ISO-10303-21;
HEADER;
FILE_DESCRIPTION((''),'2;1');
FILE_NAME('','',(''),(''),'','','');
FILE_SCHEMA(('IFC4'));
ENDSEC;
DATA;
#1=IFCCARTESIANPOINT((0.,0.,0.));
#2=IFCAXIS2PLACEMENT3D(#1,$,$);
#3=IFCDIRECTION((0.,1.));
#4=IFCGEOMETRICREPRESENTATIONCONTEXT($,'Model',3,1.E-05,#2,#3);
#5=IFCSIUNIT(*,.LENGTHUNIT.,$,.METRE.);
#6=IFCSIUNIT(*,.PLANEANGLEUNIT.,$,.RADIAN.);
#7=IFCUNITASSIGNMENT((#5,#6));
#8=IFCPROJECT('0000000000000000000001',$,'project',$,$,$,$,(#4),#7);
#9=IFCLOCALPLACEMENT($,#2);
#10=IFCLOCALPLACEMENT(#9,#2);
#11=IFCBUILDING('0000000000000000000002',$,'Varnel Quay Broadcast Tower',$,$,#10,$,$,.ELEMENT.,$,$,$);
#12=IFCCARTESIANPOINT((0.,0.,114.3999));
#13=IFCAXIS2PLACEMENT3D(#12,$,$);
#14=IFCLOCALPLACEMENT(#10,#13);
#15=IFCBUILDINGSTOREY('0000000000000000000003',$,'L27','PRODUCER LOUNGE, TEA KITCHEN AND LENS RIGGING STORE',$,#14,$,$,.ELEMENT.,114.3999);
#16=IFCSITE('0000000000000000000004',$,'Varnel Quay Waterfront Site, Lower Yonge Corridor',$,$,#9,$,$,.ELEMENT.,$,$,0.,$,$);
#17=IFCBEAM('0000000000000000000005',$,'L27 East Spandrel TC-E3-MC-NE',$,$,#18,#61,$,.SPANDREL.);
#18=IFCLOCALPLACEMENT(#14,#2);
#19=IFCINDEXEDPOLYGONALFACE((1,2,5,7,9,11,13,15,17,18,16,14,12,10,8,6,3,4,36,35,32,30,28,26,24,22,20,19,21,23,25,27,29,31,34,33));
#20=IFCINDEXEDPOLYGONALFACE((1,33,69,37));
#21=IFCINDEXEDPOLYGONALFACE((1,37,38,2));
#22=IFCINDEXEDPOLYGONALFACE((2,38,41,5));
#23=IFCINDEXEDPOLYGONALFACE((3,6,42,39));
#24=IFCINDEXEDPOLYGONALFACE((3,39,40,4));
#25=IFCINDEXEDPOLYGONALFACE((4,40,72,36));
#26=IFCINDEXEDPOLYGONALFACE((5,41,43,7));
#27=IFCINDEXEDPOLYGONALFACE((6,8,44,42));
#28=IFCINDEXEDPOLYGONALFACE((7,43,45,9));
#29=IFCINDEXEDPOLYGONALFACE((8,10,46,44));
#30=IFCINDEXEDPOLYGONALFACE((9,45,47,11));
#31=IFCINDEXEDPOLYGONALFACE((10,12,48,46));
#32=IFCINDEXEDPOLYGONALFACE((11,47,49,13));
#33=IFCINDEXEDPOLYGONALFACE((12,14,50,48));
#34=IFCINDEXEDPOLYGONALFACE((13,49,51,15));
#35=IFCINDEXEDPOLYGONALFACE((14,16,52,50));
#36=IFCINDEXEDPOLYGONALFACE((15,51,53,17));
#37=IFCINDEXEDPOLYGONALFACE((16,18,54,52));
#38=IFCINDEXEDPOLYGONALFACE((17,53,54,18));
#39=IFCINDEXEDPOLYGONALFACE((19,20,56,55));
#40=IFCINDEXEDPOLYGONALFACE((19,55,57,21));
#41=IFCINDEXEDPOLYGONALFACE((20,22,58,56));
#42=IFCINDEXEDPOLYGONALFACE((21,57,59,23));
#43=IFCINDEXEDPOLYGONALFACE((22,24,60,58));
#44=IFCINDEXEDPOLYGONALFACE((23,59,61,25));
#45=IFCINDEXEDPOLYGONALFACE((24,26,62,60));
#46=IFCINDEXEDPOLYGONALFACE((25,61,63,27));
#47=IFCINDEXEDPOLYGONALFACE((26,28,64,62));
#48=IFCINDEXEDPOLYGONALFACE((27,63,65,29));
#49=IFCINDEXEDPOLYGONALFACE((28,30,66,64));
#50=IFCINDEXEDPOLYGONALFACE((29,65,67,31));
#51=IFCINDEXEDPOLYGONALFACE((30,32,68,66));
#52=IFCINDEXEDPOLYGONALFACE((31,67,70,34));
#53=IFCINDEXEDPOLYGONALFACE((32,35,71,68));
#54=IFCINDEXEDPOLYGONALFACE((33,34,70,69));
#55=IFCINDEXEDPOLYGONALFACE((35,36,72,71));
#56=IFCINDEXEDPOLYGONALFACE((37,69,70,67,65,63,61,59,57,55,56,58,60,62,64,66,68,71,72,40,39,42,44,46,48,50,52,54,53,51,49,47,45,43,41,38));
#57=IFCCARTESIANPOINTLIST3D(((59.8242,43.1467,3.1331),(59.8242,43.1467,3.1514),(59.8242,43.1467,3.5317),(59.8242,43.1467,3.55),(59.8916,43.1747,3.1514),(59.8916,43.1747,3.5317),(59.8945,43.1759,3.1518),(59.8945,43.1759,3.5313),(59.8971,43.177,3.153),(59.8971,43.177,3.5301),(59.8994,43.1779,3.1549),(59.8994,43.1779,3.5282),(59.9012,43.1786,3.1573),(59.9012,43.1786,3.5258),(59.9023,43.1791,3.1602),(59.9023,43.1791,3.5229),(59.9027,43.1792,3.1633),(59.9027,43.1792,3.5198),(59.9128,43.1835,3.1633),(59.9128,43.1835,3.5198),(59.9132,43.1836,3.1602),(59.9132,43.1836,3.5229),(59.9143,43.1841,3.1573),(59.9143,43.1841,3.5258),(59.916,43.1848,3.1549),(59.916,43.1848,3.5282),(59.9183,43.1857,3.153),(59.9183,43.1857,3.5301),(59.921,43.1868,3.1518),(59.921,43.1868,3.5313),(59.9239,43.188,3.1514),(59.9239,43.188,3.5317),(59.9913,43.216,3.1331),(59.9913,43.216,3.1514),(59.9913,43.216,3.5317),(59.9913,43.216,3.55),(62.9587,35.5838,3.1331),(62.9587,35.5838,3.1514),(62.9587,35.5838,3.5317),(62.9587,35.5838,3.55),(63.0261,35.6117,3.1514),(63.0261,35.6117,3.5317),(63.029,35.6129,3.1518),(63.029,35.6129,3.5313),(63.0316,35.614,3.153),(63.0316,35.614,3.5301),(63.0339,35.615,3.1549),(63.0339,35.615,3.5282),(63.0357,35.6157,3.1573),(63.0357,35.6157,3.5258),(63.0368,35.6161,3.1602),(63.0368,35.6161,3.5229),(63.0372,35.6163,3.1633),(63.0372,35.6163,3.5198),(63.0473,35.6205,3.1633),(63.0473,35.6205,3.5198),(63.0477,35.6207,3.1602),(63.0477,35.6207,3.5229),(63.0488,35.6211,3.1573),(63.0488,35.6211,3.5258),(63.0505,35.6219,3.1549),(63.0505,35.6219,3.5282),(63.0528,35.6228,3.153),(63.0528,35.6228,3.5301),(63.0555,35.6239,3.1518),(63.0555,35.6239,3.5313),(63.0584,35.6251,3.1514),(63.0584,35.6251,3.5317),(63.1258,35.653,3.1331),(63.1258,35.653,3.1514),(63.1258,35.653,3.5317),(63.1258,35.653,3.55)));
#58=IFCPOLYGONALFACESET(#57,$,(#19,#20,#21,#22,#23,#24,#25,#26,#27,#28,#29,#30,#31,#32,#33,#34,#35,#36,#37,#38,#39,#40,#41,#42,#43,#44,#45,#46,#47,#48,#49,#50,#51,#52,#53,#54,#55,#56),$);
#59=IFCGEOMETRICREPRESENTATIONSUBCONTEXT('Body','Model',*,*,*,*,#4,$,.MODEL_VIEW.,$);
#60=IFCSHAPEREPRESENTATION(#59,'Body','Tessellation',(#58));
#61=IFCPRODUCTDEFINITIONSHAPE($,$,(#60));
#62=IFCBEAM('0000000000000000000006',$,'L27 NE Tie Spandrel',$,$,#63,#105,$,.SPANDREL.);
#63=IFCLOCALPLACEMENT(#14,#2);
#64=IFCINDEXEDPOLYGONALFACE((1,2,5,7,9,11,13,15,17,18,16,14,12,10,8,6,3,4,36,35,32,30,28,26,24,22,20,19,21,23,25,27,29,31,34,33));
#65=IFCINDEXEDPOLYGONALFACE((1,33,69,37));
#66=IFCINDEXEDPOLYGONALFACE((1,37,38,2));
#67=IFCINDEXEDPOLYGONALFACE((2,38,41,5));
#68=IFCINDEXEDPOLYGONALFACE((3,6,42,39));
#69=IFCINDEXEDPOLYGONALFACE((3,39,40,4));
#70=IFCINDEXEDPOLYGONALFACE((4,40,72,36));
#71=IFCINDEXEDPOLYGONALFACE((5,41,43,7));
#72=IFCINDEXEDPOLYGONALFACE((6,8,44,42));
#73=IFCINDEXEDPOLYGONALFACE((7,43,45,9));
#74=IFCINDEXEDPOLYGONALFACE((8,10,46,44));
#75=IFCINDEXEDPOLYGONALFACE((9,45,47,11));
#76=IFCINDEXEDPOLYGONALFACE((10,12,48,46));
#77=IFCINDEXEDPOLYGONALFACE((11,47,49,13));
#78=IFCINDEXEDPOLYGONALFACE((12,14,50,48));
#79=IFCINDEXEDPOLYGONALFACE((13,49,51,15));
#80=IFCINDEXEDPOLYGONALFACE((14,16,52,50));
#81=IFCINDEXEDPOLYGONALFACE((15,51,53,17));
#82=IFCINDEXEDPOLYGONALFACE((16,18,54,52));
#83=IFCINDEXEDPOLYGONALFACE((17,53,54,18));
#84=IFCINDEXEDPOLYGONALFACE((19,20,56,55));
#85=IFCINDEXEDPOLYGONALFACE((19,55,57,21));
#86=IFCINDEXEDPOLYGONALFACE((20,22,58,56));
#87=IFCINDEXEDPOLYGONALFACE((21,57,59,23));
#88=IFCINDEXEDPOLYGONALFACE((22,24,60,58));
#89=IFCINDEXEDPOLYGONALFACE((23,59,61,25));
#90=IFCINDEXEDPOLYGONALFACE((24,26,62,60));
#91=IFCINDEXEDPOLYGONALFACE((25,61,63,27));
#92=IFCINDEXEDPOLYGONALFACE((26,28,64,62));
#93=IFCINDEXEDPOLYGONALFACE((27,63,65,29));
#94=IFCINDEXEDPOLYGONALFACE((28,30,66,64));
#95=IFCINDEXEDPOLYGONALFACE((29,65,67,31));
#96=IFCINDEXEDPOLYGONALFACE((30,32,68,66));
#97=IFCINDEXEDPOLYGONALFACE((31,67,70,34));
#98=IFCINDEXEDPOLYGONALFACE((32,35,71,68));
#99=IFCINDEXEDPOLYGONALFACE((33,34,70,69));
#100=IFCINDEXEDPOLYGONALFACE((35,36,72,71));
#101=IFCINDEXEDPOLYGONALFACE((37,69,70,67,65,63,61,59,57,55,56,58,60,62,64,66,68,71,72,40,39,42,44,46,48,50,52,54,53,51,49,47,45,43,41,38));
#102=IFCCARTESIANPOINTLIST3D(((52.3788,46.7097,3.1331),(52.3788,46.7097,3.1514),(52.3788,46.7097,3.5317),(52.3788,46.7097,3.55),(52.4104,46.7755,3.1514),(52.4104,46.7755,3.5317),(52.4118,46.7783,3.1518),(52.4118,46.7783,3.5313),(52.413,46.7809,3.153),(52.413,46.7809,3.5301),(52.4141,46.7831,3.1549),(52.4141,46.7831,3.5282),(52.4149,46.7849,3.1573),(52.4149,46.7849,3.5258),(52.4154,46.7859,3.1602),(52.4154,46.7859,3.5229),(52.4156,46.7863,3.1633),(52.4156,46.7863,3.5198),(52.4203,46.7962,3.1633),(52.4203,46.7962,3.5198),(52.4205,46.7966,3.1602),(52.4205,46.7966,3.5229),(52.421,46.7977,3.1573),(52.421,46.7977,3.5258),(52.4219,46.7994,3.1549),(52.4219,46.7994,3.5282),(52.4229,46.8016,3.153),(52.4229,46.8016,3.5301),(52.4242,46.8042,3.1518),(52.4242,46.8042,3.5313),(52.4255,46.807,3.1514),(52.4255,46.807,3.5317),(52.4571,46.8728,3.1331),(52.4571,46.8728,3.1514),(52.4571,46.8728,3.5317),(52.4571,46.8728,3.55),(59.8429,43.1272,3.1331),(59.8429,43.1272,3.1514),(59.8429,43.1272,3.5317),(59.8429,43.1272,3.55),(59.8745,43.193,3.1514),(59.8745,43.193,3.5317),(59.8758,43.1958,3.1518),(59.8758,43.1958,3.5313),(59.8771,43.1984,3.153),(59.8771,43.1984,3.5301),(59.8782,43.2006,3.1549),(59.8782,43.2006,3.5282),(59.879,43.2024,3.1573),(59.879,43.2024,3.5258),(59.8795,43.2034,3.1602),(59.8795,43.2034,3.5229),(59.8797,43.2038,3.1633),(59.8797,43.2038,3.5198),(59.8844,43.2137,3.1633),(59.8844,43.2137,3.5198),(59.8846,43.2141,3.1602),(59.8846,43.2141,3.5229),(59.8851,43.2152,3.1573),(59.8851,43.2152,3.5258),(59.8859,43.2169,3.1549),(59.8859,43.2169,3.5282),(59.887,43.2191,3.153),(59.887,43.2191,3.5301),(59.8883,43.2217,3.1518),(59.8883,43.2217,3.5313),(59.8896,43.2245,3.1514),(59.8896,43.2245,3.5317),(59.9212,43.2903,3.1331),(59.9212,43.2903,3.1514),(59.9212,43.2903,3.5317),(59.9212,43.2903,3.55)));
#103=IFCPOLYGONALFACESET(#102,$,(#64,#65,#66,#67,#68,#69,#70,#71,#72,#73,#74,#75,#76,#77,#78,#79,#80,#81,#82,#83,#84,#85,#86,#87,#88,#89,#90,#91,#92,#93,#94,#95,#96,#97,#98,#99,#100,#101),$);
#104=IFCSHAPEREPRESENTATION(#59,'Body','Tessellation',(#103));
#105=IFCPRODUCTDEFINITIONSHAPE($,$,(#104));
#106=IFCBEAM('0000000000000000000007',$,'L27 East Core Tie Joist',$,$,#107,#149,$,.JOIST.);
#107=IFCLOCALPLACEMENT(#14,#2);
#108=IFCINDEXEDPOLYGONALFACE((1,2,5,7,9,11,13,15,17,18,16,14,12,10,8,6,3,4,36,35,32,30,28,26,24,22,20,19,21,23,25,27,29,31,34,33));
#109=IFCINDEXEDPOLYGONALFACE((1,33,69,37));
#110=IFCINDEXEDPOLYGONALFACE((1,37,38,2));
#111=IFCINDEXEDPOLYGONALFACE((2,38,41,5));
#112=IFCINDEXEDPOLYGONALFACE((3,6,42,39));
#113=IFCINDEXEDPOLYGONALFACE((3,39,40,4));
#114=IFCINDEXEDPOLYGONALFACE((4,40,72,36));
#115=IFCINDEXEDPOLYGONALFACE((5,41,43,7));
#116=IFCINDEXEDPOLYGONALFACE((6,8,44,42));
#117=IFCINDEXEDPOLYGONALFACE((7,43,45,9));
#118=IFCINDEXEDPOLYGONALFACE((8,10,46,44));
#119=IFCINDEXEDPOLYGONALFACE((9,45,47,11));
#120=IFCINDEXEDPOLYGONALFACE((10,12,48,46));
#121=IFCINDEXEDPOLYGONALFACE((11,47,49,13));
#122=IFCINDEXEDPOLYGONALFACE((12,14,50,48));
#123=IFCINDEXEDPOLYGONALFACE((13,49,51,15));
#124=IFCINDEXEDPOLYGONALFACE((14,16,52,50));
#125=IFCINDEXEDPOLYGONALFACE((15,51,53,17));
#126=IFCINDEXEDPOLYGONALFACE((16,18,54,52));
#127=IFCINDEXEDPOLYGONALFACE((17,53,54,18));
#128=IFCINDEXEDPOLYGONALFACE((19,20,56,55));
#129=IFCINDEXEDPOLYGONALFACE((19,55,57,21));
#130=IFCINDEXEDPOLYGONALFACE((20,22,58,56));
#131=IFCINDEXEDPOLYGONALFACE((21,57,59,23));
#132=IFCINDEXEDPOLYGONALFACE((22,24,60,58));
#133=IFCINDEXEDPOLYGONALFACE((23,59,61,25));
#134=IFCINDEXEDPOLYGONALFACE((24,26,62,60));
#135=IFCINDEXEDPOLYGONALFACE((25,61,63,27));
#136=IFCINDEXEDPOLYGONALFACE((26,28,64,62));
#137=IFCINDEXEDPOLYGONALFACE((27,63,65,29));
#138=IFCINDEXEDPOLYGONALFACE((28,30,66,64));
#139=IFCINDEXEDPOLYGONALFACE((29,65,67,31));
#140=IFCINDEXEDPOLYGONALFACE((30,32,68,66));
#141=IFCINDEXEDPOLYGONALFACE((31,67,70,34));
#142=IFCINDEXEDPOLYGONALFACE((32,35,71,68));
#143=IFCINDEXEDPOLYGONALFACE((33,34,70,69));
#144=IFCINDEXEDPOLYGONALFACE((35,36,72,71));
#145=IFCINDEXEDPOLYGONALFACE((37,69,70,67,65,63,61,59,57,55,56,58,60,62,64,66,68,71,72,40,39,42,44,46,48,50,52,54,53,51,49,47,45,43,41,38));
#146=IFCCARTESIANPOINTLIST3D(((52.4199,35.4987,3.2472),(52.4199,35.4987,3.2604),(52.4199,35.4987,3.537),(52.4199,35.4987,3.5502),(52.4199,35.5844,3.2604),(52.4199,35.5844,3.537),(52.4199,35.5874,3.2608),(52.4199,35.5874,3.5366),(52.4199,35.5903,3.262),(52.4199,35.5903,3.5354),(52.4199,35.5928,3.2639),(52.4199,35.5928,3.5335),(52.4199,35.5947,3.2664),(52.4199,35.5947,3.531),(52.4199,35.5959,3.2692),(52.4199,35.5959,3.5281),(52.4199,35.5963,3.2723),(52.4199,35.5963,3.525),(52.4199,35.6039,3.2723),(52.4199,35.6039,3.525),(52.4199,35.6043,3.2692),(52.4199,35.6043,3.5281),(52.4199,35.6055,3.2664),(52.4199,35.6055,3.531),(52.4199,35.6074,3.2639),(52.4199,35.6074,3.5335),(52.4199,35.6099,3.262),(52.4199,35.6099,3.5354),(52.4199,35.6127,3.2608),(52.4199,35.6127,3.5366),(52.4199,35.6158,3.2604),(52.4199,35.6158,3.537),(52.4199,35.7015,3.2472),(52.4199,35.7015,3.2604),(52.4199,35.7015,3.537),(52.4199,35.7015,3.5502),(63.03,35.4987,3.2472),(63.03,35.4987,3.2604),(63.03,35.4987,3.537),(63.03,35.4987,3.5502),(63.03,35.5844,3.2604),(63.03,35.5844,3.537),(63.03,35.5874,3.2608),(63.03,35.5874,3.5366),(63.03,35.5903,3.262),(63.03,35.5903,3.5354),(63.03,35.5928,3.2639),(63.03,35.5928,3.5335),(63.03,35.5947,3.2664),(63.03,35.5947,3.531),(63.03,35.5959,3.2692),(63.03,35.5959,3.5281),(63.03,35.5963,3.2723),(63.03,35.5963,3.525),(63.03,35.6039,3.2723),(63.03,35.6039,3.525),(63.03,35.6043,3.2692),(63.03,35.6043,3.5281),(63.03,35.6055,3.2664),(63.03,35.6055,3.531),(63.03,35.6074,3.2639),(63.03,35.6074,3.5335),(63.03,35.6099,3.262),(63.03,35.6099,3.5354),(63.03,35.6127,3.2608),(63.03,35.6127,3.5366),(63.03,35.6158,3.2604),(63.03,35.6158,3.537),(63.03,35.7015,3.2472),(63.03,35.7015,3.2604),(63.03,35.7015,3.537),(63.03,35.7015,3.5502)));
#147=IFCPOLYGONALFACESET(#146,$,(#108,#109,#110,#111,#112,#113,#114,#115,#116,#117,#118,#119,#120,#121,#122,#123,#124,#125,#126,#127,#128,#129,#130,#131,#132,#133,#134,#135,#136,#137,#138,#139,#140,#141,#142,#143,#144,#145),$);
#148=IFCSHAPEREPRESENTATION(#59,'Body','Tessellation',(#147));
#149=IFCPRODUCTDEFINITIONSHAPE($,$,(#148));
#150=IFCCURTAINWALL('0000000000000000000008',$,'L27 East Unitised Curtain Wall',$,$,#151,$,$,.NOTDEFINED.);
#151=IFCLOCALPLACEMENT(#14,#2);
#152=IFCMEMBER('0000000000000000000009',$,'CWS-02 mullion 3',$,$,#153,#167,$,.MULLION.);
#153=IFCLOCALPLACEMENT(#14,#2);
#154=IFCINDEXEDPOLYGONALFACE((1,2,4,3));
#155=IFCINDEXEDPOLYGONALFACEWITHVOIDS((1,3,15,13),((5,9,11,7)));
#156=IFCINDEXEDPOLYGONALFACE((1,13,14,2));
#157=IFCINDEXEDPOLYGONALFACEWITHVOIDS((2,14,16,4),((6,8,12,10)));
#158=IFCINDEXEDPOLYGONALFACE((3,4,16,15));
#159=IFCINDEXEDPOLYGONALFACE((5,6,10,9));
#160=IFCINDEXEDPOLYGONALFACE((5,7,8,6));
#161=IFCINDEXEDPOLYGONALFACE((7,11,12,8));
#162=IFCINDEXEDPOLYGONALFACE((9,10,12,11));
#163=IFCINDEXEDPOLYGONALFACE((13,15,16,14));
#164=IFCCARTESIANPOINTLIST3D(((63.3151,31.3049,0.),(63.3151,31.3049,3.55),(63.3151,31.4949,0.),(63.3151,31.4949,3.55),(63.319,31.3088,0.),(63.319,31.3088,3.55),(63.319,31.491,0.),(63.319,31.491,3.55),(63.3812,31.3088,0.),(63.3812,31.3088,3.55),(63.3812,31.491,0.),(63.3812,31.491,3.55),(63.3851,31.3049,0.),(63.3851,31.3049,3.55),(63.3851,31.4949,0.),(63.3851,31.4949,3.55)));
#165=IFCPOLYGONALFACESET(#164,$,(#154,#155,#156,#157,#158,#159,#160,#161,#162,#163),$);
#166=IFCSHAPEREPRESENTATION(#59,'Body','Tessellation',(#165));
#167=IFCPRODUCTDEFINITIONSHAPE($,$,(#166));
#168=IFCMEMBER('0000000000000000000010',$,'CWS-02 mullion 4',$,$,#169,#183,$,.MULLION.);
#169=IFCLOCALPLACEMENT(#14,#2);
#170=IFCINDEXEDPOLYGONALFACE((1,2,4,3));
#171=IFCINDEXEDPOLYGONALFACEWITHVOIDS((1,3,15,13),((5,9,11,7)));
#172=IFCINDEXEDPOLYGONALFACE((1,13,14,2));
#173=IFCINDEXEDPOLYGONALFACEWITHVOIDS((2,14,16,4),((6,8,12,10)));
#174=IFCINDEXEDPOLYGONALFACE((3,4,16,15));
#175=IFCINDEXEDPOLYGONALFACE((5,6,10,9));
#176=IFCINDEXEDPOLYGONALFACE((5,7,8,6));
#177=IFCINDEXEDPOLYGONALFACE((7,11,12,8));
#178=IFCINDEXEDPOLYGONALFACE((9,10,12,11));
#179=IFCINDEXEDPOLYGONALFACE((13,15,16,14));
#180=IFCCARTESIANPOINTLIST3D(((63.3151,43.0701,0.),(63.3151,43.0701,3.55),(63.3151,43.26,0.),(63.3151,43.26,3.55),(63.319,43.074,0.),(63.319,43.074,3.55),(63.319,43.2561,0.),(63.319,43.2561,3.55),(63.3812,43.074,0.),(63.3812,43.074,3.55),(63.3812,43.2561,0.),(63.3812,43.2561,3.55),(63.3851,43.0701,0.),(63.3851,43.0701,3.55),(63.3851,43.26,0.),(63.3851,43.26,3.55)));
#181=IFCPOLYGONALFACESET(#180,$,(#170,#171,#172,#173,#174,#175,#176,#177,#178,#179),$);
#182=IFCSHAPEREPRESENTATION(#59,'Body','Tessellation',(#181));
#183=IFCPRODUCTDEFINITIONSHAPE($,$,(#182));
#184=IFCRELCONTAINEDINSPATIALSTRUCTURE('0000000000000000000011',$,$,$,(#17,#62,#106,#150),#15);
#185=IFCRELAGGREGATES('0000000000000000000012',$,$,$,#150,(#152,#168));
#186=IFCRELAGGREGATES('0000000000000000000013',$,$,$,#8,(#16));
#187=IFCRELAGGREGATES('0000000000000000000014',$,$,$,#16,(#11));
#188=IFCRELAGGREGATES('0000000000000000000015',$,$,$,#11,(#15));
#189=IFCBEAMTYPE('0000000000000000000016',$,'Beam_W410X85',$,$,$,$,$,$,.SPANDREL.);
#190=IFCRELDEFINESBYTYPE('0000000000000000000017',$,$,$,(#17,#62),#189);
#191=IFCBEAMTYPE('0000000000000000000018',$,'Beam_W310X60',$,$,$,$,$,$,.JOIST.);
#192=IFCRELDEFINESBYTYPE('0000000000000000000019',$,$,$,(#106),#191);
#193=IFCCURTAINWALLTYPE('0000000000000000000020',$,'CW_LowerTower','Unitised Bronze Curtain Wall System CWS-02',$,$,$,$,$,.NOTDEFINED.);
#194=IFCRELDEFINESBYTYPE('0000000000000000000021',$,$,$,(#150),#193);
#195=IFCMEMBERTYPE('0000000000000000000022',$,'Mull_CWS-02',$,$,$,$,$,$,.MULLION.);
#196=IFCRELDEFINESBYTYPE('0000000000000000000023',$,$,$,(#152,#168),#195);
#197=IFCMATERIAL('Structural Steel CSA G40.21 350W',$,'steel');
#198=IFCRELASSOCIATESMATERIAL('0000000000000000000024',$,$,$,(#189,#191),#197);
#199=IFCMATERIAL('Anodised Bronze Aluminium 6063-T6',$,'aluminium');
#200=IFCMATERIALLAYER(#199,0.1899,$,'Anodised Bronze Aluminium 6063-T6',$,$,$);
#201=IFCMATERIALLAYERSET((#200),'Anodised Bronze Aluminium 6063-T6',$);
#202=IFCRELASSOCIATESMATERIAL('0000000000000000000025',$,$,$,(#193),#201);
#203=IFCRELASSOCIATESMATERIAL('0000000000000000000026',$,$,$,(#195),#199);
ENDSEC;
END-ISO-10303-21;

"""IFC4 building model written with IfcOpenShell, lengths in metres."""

from ifc_helpers import new_model, si_unit, direction, frame, origin, origin_2d, place, context, subcontext, project, spatial, hollow_rectangle, i_section, extrude, source, transform, mapped, material, layer, layer_set, material_profile, profile_set, type_object, type_shapes, element, aggregate, save


model = new_model("IFC4")

# Units and contexts
model_context = context("Model", 3, precision=1e-05, world=origin(), true_north=direction((0.0, 1.0)))
body_context = subcontext(model_context, "Body", "Model", "MODEL_VIEW")
ifc_project = project(units=[si_unit("LENGTHUNIT", "METRE"), si_unit("PLANEANGLEUNIT", "RADIAN")], contexts=[model_context])

# Site, building, storey
site_placement = place(None, origin())
site = spatial("IfcSite", under=ifc_project, at=site_placement, Name="Varnel Quay Waterfront Site, Lower Yonge Corridor", CompositionType="ELEMENT", RefElevation=0.0)
building_placement = place(site_placement, origin())
building = spatial("IfcBuilding", under=site, at=building_placement, Name="Varnel Quay Broadcast Tower", CompositionType="ELEMENT")
storey_placement = place(building_placement, frame((0.0, 0.0, 114.3999)))
storey = spatial("IfcBuildingStorey", under=building, at=storey_placement, Name="L27", Description="PRODUCER LOUNGE, TEA KITCHEN AND LENS RIGGING STORE", CompositionType="ELEMENT", Elevation=114.3999)

# Shared definitions
ifc_material_1 = material(Name="Structural Steel CSA G40.21 350W", Category="steel")

# Beams
ifc_material_profile_1 = material_profile(ifc_material_1, i_section(OverallWidth=0.1809, OverallDepth=0.417, WebThickness=0.011, FlangeThickness=0.0183, FilletRadius=0.012, at=origin_2d()), Name="W410X85")
ifc_profile_set_1 = profile_set([ifc_material_profile_1], Name="Structural Steel CSA G40.21 350W")
beam_type_1 = type_object("IfcBeamType", Name="Beam_W410X85", PredefinedType="SPANDREL", material=ifc_profile_set_1)
shared_shape_1 = source(origin(), body_context, "Body", "SweptSolid", [
    extrude(i_section(OverallWidth=0.1809, OverallDepth=0.417, WebThickness=0.011, FlangeThickness=0.0183, FilletRadius=0.012, at=origin_2d()), origin(), (0.0, 0.0, 1.0), 8.1868),
])
beam_1_placement = place(storey_placement, frame((63.0422, 35.6184, 3.3416), z_axis=(-0.382874, 0.923801, 0.0), x_axis=(-0.923801, -0.382874, 0.0)))
element("IfcBeam", 1, at=beam_1_placement, inside=storey, type_object=beam_type_1, Name="L27 East Spandrel TC-E3-MC-NE", PredefinedType="SPANDREL", context=body_context, shape_type="MappedRepresentation", body=[
    mapped(shared_shape_1, transform((0.0, 0.0, 0.0), x_axis=(1.0, 0.0, 0.0), y_axis=(0.0, 1.0, 0.0), z_axis=(0.0, 0.0, 1.0), scale=1.0)),
])
shared_shape_2 = source(origin(), body_context, "Body", "SweptSolid", [
    extrude(i_section(OverallWidth=0.1809, OverallDepth=0.417, WebThickness=0.011, FlangeThickness=0.0183, FilletRadius=0.012, at=origin_2d()), origin(), (0.0, 0.0, 1.0), 8.2793),
])
type_shapes(beam_type_1, [shared_shape_1, shared_shape_2])
beam_2_placement = place(storey_placement, frame((52.418, 46.7913, 3.3416), z_axis=(0.901535, -0.432706, 0.0), x_axis=(0.432706, 0.901535, 0.0)))
element("IfcBeam", 2, at=beam_2_placement, inside=storey, type_object=beam_type_1, Name="L27 NE Tie Spandrel", PredefinedType="SPANDREL", context=body_context, shape_type="MappedRepresentation", body=[
    mapped(shared_shape_2, transform((0.0, 0.0, 0.0), x_axis=(1.0, 0.0, 0.0), y_axis=(0.0, 1.0, 0.0), z_axis=(0.0, 0.0, 1.0), scale=1.0)),
])
ifc_material_profile_2 = material_profile(ifc_material_1, i_section(OverallWidth=0.2029, OverallDepth=0.303, WebThickness=0.0076, FlangeThickness=0.0132, FilletRadius=0.012, at=origin_2d()), Name="W310X60")
ifc_profile_set_2 = profile_set([ifc_material_profile_2], Name="Structural Steel CSA G40.21 350W")
beam_type_2 = type_object("IfcBeamType", Name="Beam_W310X60", PredefinedType="JOIST", material=ifc_profile_set_2)
shared_shape_3 = source(origin(), body_context, "Body", "SweptSolid", [
    extrude(i_section(OverallWidth=0.2029, OverallDepth=0.303, WebThickness=0.0076, FlangeThickness=0.0132, FilletRadius=0.012, at=origin_2d()), origin(), (0.0, 0.0, 1.0), 10.6101),
])
type_shapes(beam_type_2, [shared_shape_3])
beam_3_placement = place(storey_placement, frame((52.4199, 35.6001, 3.3987), z_axis=(1.0, 0.0, 0.0), x_axis=(0.0, 1.0, 0.0)))
element("IfcBeam", 3, at=beam_3_placement, inside=storey, type_object=beam_type_2, Name="L27 East Core Tie Joist", PredefinedType="JOIST", context=body_context, shape_type="MappedRepresentation", body=[
    mapped(shared_shape_3, transform((0.0, 0.0, 0.0), x_axis=(1.0, 0.0, 0.0), y_axis=(0.0, 1.0, 0.0), z_axis=(0.0, 0.0, 1.0), scale=1.0)),
])

# Curtain wall, members
ifc_material_2 = material(Name="Anodised Bronze Aluminium 6063-T6", Category="aluminium")
ifc_layer_1 = layer(ifc_material_2, 0.1899, Name="Anodised Bronze Aluminium 6063-T6")
ifc_layer_set_1 = layer_set([ifc_layer_1], Name="Anodised Bronze Aluminium 6063-T6")
curtain_wall_type = type_object("IfcCurtainWallType", Name="CW_LowerTower", Description="Unitised Bronze Curtain Wall System CWS-02", PredefinedType="NOTDEFINED", material=ifc_layer_set_1)
curtain_wall_1_placement = place(storey_placement, origin())
curtain_wall_1 = element("IfcCurtainWall", 4, at=curtain_wall_1_placement, inside=storey, type_object=curtain_wall_type, Name="L27 East Unitised Curtain Wall", PredefinedType="NOTDEFINED")
ifc_material_profile_3 = material_profile(ifc_material_2, hollow_rectangle(XDim=0.0701, YDim=0.1899, WallThickness=0.0039, at=origin_2d()), Name="ALU70X190X4")
ifc_profile_set_3 = profile_set([ifc_material_profile_3], Name="Anodised Bronze Aluminium 6063-T6")
member_type_1 = type_object("IfcMemberType", Name="Mull_CWS-02", PredefinedType="MULLION", material=ifc_profile_set_3)
shared_shape_4 = source(origin(), body_context, "Body", "SweptSolid", [
    extrude(hollow_rectangle(XDim=0.0701, YDim=0.1899, WallThickness=0.0039, at=origin_2d()), origin(), (0.0, 0.0, 1.0), 3.55),
])
type_shapes(member_type_1, [shared_shape_4])
member_1_placement = place(storey_placement, frame((63.3501, 31.3999, 0.0), z_axis=(0.0, 0.0, 1.0), x_axis=(-1.0, 0.0, 0.0)))
member_1 = element("IfcMember", 5, at=member_1_placement, type_object=member_type_1, Name="CWS-02 mullion 3", PredefinedType="MULLION", context=body_context, shape_type="MappedRepresentation", body=[
    mapped(shared_shape_4, transform((0.0, 0.0, 0.0), x_axis=(1.0, 0.0, 0.0), y_axis=(0.0, 1.0, 0.0), z_axis=(0.0, 0.0, 1.0), scale=1.0)),
])
member_2_placement = place(storey_placement, frame((63.3501, 43.165, 0.0), z_axis=(0.0, 0.0, 1.0), x_axis=(-1.0, 0.0, 0.0)))
member_2 = element("IfcMember", 6, at=member_2_placement, type_object=member_type_1, Name="CWS-02 mullion 4", PredefinedType="MULLION", context=body_context, shape_type="MappedRepresentation", body=[
    mapped(shared_shape_4, transform((0.0, 0.0, 0.0), x_axis=(1.0, 0.0, 0.0), y_axis=(0.0, 1.0, 0.0), z_axis=(0.0, 0.0, 1.0), scale=1.0)),
])

aggregate(curtain_wall_1, [member_1, member_2])

save(model, "model.ifc")
